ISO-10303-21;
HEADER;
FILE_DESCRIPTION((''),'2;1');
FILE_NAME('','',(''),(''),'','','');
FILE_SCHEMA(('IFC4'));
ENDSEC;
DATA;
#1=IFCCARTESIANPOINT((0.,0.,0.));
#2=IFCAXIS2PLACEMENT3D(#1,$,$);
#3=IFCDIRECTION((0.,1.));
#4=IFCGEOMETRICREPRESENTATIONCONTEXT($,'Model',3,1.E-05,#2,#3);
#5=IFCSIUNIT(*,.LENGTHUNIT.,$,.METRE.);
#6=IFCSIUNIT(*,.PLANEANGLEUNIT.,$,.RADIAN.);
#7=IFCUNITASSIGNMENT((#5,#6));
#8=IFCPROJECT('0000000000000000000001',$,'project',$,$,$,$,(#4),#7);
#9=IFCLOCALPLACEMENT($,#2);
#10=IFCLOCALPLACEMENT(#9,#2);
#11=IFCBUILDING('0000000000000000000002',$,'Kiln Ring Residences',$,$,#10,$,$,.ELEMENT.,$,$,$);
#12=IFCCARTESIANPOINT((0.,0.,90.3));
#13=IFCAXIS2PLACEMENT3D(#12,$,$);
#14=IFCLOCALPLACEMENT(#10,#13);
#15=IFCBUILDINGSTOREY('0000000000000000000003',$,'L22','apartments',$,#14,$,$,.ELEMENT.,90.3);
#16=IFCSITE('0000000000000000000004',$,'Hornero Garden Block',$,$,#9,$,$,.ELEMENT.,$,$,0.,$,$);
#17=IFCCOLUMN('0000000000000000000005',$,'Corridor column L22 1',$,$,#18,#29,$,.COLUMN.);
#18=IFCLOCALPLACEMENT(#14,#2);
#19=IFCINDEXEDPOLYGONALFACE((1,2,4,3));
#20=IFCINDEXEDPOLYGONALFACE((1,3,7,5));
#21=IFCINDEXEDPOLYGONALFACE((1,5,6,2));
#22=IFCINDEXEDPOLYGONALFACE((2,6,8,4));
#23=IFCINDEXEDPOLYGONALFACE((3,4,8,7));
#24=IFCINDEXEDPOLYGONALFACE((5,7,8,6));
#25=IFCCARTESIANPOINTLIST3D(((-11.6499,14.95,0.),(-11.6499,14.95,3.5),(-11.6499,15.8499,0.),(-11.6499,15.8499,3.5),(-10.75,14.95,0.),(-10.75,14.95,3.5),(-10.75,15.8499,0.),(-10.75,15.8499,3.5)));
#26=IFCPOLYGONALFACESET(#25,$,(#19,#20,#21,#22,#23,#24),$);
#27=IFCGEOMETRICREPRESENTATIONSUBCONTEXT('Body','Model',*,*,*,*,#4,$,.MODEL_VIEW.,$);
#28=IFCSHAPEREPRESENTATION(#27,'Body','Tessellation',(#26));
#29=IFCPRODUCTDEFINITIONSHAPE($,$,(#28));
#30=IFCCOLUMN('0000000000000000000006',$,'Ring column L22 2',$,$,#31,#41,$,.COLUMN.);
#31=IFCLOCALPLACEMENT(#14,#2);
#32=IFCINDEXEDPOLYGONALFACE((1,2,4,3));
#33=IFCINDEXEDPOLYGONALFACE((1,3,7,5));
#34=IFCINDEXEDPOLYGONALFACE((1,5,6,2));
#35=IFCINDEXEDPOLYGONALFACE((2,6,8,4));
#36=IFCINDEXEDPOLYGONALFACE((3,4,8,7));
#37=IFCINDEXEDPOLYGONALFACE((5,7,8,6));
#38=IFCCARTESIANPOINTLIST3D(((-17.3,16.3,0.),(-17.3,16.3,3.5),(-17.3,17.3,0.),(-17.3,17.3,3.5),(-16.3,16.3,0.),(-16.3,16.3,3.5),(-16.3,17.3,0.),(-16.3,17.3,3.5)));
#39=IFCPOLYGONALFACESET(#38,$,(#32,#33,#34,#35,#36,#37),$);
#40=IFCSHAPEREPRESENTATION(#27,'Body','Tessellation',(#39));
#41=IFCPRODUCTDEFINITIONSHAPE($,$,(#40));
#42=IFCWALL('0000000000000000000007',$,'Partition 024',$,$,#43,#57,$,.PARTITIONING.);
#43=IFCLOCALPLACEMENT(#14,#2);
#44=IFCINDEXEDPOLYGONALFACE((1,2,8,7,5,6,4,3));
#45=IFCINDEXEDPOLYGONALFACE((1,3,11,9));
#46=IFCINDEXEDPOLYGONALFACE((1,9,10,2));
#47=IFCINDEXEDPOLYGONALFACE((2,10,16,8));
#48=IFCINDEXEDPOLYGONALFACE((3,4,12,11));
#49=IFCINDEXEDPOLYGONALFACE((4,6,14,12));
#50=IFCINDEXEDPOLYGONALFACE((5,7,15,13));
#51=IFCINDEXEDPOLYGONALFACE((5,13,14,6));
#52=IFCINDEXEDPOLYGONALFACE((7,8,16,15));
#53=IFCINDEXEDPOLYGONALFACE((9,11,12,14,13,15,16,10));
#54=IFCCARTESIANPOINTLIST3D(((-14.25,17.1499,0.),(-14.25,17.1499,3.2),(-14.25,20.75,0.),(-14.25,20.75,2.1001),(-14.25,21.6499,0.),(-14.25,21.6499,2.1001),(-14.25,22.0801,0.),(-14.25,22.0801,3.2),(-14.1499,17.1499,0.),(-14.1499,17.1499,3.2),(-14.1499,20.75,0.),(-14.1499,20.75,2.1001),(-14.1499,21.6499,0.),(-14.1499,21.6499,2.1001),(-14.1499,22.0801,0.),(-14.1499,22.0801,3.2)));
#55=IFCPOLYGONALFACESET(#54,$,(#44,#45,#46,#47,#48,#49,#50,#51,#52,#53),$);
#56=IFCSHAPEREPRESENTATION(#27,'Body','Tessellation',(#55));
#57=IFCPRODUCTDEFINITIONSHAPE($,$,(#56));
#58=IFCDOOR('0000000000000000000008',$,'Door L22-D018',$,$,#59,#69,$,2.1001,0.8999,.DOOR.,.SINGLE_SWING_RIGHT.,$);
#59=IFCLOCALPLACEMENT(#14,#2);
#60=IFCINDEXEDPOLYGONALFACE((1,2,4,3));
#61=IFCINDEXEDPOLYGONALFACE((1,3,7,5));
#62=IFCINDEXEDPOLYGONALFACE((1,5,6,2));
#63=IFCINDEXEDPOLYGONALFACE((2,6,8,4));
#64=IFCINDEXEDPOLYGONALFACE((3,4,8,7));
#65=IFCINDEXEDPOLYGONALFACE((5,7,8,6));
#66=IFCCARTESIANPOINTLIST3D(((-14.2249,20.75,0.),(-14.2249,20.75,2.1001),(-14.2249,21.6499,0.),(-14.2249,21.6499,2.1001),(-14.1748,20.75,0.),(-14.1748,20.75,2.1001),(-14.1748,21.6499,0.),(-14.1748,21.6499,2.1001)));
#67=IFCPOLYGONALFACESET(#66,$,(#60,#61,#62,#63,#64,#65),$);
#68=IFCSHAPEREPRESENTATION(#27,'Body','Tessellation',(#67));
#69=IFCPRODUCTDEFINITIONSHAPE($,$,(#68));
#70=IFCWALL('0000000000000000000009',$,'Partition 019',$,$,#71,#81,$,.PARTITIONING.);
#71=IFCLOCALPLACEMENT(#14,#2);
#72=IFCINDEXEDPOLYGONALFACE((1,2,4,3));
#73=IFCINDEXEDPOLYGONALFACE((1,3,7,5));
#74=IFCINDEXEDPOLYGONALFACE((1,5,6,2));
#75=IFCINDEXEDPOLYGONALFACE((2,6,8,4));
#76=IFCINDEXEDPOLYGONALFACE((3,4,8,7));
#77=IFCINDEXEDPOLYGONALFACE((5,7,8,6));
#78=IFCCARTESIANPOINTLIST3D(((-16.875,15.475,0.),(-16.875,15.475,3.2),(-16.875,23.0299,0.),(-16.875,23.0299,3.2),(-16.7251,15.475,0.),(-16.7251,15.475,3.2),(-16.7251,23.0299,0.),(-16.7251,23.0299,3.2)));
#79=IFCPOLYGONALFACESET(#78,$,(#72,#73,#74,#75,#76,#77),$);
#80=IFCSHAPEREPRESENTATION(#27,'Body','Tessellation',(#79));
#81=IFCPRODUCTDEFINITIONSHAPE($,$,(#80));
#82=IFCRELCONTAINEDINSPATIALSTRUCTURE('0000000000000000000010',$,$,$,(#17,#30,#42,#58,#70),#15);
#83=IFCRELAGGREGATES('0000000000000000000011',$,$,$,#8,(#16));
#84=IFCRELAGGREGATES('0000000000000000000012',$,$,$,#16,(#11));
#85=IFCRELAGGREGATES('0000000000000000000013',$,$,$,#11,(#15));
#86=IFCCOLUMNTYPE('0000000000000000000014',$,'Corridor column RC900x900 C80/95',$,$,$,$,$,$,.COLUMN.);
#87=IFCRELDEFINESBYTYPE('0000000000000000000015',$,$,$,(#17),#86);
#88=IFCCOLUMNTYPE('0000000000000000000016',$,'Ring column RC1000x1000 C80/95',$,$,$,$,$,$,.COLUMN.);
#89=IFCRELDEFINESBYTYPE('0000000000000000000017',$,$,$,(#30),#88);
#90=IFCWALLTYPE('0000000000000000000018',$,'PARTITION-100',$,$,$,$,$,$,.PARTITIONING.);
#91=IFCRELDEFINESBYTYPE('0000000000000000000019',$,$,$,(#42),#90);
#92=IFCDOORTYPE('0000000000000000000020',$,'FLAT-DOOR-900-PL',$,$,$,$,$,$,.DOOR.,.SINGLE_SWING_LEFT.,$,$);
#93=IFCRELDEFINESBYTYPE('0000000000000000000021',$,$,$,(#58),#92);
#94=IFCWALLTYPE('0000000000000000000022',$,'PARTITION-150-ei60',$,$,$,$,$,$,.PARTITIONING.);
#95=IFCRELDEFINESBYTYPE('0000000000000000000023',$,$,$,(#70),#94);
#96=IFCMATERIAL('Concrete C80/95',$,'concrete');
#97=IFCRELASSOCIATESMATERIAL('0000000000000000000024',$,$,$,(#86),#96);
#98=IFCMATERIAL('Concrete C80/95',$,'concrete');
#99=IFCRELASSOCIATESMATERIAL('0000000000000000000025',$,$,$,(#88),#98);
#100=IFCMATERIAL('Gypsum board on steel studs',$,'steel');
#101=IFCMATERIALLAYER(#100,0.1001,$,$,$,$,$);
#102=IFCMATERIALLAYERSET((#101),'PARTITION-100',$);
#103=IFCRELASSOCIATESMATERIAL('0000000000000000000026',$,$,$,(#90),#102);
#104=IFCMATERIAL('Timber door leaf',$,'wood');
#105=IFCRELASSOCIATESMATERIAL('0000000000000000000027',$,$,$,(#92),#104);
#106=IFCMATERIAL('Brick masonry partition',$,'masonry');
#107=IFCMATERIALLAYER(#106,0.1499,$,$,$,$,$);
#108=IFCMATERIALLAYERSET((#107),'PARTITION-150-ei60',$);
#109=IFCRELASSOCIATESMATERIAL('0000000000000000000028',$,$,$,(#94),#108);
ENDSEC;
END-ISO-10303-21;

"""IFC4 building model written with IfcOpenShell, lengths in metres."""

from ifc_helpers import new_model, si_unit, direction, frame, frame_2d, origin, origin_2d, place, context, subcontext, project, spatial, rectangle, extrude, material, layer, layer_set, material_profile, profile_set, type_object, element, fill, save


model = new_model("IFC4")

# Units and contexts
model_context = context("Model", 3, precision=1e-05, world=origin(), true_north=direction((0.0, 1.0)))
body_context = subcontext(model_context, "Body", "Model", "MODEL_VIEW")
ifc_project = project(units=[si_unit("LENGTHUNIT", "METRE"), si_unit("PLANEANGLEUNIT", "RADIAN")], contexts=[model_context])

# Site, building, storey
site_placement = place(None, origin())
site = spatial("IfcSite", under=ifc_project, at=site_placement, Name="Hornero Garden Block", CompositionType="ELEMENT", RefElevation=0.0)
building_placement = place(site_placement, origin())
building = spatial("IfcBuilding", under=site, at=building_placement, Name="Kiln Ring Residences", CompositionType="ELEMENT")
storey_placement = place(building_placement, frame((0.0, 0.0, 90.3)))
storey = spatial("IfcBuildingStorey", under=building, at=storey_placement, Name="L22", Description="apartments", CompositionType="ELEMENT", Elevation=90.3)

# Columns
ifc_material_1 = material(Name="Concrete C80/95", Category="concrete")
ifc_material_profile_1 = material_profile(ifc_material_1, rectangle(XDim=0.8999, YDim=0.8999, at=origin_2d()), Name="RC900x900")
ifc_profile_set_1 = profile_set([ifc_material_profile_1], Name="Concrete C80/95")
column_type_1 = type_object("IfcColumnType", Name="Corridor column RC900x900 C80/95", PredefinedType="COLUMN", material=ifc_profile_set_1)
column_1_placement = place(storey_placement, frame((-11.2, 15.3999, 0.0), z_axis=(0.0, 0.0, 1.0), x_axis=(1.0, 0.0, 0.0)))
element("IfcColumn", 1, at=column_1_placement, inside=storey, type_object=column_type_1, Name="Corridor column L22 1", PredefinedType="COLUMN", context=body_context, shape_type="SweptSolid", body=[
    extrude(rectangle(XDim=0.8999, YDim=0.8999, at=origin_2d()), origin(), (0.0, 0.0, 1.0), 3.5),
])
ifc_material_2 = material(Name="Concrete C80/95", Category="concrete")
ifc_material_profile_2 = material_profile(ifc_material_2, rectangle(XDim=1.0, YDim=1.0, at=origin_2d()), Name="RC1000x1000")
ifc_profile_set_2 = profile_set([ifc_material_profile_2], Name="Concrete C80/95")
column_type_2 = type_object("IfcColumnType", Name="Ring column RC1000x1000 C80/95", PredefinedType="COLUMN", material=ifc_profile_set_2)
column_2_placement = place(storey_placement, frame((-16.8, 16.8, 0.0), z_axis=(0.0, 0.0, 1.0), x_axis=(1.0, 0.0, 0.0)))
element("IfcColumn", 2, at=column_2_placement, inside=storey, type_object=column_type_2, Name="Ring column L22 2", PredefinedType="COLUMN", context=body_context, shape_type="SweptSolid", body=[
    extrude(rectangle(XDim=1.0, YDim=1.0, at=origin_2d()), origin(), (0.0, 0.0, 1.0), 3.5),
])

# Shared definitions
ifc_material_3 = material(Name="Gypsum board on steel studs", Category="steel")
ifc_layer_1 = layer(ifc_material_3, 0.1001)
ifc_layer_set_1 = layer_set([ifc_layer_1], Name="PARTITION-100")
wall_type_1 = type_object("IfcWallType", Name="PARTITION-100", PredefinedType="PARTITIONING", material=ifc_layer_set_1)
ifc_material_4 = material(Name="Timber door leaf", Category="wood")
door_type_1 = type_object("IfcDoorType", Name="FLAT-DOOR-900-PL", OperationType="SINGLE_SWING_LEFT", PredefinedType="DOOR", material=ifc_material_4)

# Wall, opening, door
wall_1_placement = place(storey_placement, frame((-14.2, 17.1499, 0.0), z_axis=(0.0, 0.0, 1.0), x_axis=(0.0, 1.0, 0.0)))
wall_1 = element("IfcWall", 3, at=wall_1_placement, inside=storey, type_object=wall_type_1, Name="Partition 024", PredefinedType="PARTITIONING", context=body_context, shape_type="SweptSolid", body=[
    extrude(rectangle(XDim=4.9302, YDim=0.1001, at=frame_2d((2.4651, 0.0))), origin(), (0.0, 0.0, 1.0), 3.2),
])
opening_1_placement = place(wall_1_placement, frame((3.6001, 0.0, 0.0)))
opening_1 = element("IfcOpeningElement", 4, at=opening_1_placement, cuts=wall_1, PredefinedType="OPENING", context=body_context, shape_type="SweptSolid", body=[
    extrude(rectangle(XDim=0.8999, YDim=2.1001, at=frame_2d((0.45, 1.05))), frame((0.0, 0.0601, 0.0), z_axis=(0.0, -1.0, 0.0), x_axis=(1.0, 0.0, 0.0)), (0.0, 0.0, 1.0), 0.1201),
])
door_1_placement = place(opening_1_placement, origin())
door_1 = element("IfcDoor", 5, at=door_1_placement, inside=storey, type_object=door_type_1, Name="Door L22-D018", OperationType="SINGLE_SWING_RIGHT", OverallHeight=2.1001, OverallWidth=0.8999, PredefinedType="DOOR", context=body_context, shape_type="SweptSolid", body=[
    extrude(rectangle(XDim=0.8999, YDim=2.1001, at=frame_2d((0.45, 1.05))), frame((0.0, 0.0249, 0.0), z_axis=(0.0, -1.0, 0.0), x_axis=(1.0, 0.0, 0.0)), (0.0, 0.0, 1.0), 0.05),
])
fill(opening_1, door_1)

# Wall
ifc_material_5 = material(Name="Brick masonry partition", Category="masonry")
ifc_layer_2 = layer(ifc_material_5, 0.1499)
ifc_layer_set_2 = layer_set([ifc_layer_2], Name="PARTITION-150-ei60")
wall_type_2 = type_object("IfcWallType", Name="PARTITION-150-ei60", PredefinedType="PARTITIONING", material=ifc_layer_set_2)
wall_2_placement = place(storey_placement, frame((-16.8, 15.4751, 0.0), z_axis=(0.0, 0.0, 1.0), x_axis=(0.0, 1.0, 0.0)))
element("IfcWall", 6, at=wall_2_placement, inside=storey, type_object=wall_type_2, Name="Partition 019", PredefinedType="PARTITIONING", context=body_context, shape_type="SweptSolid", body=[
    extrude(rectangle(XDim=7.5549, YDim=0.1499, at=frame_2d((3.7773, 0.0))), origin(), (0.0, 0.0, 1.0), 3.2),
])

save(model, "model.ifc")
